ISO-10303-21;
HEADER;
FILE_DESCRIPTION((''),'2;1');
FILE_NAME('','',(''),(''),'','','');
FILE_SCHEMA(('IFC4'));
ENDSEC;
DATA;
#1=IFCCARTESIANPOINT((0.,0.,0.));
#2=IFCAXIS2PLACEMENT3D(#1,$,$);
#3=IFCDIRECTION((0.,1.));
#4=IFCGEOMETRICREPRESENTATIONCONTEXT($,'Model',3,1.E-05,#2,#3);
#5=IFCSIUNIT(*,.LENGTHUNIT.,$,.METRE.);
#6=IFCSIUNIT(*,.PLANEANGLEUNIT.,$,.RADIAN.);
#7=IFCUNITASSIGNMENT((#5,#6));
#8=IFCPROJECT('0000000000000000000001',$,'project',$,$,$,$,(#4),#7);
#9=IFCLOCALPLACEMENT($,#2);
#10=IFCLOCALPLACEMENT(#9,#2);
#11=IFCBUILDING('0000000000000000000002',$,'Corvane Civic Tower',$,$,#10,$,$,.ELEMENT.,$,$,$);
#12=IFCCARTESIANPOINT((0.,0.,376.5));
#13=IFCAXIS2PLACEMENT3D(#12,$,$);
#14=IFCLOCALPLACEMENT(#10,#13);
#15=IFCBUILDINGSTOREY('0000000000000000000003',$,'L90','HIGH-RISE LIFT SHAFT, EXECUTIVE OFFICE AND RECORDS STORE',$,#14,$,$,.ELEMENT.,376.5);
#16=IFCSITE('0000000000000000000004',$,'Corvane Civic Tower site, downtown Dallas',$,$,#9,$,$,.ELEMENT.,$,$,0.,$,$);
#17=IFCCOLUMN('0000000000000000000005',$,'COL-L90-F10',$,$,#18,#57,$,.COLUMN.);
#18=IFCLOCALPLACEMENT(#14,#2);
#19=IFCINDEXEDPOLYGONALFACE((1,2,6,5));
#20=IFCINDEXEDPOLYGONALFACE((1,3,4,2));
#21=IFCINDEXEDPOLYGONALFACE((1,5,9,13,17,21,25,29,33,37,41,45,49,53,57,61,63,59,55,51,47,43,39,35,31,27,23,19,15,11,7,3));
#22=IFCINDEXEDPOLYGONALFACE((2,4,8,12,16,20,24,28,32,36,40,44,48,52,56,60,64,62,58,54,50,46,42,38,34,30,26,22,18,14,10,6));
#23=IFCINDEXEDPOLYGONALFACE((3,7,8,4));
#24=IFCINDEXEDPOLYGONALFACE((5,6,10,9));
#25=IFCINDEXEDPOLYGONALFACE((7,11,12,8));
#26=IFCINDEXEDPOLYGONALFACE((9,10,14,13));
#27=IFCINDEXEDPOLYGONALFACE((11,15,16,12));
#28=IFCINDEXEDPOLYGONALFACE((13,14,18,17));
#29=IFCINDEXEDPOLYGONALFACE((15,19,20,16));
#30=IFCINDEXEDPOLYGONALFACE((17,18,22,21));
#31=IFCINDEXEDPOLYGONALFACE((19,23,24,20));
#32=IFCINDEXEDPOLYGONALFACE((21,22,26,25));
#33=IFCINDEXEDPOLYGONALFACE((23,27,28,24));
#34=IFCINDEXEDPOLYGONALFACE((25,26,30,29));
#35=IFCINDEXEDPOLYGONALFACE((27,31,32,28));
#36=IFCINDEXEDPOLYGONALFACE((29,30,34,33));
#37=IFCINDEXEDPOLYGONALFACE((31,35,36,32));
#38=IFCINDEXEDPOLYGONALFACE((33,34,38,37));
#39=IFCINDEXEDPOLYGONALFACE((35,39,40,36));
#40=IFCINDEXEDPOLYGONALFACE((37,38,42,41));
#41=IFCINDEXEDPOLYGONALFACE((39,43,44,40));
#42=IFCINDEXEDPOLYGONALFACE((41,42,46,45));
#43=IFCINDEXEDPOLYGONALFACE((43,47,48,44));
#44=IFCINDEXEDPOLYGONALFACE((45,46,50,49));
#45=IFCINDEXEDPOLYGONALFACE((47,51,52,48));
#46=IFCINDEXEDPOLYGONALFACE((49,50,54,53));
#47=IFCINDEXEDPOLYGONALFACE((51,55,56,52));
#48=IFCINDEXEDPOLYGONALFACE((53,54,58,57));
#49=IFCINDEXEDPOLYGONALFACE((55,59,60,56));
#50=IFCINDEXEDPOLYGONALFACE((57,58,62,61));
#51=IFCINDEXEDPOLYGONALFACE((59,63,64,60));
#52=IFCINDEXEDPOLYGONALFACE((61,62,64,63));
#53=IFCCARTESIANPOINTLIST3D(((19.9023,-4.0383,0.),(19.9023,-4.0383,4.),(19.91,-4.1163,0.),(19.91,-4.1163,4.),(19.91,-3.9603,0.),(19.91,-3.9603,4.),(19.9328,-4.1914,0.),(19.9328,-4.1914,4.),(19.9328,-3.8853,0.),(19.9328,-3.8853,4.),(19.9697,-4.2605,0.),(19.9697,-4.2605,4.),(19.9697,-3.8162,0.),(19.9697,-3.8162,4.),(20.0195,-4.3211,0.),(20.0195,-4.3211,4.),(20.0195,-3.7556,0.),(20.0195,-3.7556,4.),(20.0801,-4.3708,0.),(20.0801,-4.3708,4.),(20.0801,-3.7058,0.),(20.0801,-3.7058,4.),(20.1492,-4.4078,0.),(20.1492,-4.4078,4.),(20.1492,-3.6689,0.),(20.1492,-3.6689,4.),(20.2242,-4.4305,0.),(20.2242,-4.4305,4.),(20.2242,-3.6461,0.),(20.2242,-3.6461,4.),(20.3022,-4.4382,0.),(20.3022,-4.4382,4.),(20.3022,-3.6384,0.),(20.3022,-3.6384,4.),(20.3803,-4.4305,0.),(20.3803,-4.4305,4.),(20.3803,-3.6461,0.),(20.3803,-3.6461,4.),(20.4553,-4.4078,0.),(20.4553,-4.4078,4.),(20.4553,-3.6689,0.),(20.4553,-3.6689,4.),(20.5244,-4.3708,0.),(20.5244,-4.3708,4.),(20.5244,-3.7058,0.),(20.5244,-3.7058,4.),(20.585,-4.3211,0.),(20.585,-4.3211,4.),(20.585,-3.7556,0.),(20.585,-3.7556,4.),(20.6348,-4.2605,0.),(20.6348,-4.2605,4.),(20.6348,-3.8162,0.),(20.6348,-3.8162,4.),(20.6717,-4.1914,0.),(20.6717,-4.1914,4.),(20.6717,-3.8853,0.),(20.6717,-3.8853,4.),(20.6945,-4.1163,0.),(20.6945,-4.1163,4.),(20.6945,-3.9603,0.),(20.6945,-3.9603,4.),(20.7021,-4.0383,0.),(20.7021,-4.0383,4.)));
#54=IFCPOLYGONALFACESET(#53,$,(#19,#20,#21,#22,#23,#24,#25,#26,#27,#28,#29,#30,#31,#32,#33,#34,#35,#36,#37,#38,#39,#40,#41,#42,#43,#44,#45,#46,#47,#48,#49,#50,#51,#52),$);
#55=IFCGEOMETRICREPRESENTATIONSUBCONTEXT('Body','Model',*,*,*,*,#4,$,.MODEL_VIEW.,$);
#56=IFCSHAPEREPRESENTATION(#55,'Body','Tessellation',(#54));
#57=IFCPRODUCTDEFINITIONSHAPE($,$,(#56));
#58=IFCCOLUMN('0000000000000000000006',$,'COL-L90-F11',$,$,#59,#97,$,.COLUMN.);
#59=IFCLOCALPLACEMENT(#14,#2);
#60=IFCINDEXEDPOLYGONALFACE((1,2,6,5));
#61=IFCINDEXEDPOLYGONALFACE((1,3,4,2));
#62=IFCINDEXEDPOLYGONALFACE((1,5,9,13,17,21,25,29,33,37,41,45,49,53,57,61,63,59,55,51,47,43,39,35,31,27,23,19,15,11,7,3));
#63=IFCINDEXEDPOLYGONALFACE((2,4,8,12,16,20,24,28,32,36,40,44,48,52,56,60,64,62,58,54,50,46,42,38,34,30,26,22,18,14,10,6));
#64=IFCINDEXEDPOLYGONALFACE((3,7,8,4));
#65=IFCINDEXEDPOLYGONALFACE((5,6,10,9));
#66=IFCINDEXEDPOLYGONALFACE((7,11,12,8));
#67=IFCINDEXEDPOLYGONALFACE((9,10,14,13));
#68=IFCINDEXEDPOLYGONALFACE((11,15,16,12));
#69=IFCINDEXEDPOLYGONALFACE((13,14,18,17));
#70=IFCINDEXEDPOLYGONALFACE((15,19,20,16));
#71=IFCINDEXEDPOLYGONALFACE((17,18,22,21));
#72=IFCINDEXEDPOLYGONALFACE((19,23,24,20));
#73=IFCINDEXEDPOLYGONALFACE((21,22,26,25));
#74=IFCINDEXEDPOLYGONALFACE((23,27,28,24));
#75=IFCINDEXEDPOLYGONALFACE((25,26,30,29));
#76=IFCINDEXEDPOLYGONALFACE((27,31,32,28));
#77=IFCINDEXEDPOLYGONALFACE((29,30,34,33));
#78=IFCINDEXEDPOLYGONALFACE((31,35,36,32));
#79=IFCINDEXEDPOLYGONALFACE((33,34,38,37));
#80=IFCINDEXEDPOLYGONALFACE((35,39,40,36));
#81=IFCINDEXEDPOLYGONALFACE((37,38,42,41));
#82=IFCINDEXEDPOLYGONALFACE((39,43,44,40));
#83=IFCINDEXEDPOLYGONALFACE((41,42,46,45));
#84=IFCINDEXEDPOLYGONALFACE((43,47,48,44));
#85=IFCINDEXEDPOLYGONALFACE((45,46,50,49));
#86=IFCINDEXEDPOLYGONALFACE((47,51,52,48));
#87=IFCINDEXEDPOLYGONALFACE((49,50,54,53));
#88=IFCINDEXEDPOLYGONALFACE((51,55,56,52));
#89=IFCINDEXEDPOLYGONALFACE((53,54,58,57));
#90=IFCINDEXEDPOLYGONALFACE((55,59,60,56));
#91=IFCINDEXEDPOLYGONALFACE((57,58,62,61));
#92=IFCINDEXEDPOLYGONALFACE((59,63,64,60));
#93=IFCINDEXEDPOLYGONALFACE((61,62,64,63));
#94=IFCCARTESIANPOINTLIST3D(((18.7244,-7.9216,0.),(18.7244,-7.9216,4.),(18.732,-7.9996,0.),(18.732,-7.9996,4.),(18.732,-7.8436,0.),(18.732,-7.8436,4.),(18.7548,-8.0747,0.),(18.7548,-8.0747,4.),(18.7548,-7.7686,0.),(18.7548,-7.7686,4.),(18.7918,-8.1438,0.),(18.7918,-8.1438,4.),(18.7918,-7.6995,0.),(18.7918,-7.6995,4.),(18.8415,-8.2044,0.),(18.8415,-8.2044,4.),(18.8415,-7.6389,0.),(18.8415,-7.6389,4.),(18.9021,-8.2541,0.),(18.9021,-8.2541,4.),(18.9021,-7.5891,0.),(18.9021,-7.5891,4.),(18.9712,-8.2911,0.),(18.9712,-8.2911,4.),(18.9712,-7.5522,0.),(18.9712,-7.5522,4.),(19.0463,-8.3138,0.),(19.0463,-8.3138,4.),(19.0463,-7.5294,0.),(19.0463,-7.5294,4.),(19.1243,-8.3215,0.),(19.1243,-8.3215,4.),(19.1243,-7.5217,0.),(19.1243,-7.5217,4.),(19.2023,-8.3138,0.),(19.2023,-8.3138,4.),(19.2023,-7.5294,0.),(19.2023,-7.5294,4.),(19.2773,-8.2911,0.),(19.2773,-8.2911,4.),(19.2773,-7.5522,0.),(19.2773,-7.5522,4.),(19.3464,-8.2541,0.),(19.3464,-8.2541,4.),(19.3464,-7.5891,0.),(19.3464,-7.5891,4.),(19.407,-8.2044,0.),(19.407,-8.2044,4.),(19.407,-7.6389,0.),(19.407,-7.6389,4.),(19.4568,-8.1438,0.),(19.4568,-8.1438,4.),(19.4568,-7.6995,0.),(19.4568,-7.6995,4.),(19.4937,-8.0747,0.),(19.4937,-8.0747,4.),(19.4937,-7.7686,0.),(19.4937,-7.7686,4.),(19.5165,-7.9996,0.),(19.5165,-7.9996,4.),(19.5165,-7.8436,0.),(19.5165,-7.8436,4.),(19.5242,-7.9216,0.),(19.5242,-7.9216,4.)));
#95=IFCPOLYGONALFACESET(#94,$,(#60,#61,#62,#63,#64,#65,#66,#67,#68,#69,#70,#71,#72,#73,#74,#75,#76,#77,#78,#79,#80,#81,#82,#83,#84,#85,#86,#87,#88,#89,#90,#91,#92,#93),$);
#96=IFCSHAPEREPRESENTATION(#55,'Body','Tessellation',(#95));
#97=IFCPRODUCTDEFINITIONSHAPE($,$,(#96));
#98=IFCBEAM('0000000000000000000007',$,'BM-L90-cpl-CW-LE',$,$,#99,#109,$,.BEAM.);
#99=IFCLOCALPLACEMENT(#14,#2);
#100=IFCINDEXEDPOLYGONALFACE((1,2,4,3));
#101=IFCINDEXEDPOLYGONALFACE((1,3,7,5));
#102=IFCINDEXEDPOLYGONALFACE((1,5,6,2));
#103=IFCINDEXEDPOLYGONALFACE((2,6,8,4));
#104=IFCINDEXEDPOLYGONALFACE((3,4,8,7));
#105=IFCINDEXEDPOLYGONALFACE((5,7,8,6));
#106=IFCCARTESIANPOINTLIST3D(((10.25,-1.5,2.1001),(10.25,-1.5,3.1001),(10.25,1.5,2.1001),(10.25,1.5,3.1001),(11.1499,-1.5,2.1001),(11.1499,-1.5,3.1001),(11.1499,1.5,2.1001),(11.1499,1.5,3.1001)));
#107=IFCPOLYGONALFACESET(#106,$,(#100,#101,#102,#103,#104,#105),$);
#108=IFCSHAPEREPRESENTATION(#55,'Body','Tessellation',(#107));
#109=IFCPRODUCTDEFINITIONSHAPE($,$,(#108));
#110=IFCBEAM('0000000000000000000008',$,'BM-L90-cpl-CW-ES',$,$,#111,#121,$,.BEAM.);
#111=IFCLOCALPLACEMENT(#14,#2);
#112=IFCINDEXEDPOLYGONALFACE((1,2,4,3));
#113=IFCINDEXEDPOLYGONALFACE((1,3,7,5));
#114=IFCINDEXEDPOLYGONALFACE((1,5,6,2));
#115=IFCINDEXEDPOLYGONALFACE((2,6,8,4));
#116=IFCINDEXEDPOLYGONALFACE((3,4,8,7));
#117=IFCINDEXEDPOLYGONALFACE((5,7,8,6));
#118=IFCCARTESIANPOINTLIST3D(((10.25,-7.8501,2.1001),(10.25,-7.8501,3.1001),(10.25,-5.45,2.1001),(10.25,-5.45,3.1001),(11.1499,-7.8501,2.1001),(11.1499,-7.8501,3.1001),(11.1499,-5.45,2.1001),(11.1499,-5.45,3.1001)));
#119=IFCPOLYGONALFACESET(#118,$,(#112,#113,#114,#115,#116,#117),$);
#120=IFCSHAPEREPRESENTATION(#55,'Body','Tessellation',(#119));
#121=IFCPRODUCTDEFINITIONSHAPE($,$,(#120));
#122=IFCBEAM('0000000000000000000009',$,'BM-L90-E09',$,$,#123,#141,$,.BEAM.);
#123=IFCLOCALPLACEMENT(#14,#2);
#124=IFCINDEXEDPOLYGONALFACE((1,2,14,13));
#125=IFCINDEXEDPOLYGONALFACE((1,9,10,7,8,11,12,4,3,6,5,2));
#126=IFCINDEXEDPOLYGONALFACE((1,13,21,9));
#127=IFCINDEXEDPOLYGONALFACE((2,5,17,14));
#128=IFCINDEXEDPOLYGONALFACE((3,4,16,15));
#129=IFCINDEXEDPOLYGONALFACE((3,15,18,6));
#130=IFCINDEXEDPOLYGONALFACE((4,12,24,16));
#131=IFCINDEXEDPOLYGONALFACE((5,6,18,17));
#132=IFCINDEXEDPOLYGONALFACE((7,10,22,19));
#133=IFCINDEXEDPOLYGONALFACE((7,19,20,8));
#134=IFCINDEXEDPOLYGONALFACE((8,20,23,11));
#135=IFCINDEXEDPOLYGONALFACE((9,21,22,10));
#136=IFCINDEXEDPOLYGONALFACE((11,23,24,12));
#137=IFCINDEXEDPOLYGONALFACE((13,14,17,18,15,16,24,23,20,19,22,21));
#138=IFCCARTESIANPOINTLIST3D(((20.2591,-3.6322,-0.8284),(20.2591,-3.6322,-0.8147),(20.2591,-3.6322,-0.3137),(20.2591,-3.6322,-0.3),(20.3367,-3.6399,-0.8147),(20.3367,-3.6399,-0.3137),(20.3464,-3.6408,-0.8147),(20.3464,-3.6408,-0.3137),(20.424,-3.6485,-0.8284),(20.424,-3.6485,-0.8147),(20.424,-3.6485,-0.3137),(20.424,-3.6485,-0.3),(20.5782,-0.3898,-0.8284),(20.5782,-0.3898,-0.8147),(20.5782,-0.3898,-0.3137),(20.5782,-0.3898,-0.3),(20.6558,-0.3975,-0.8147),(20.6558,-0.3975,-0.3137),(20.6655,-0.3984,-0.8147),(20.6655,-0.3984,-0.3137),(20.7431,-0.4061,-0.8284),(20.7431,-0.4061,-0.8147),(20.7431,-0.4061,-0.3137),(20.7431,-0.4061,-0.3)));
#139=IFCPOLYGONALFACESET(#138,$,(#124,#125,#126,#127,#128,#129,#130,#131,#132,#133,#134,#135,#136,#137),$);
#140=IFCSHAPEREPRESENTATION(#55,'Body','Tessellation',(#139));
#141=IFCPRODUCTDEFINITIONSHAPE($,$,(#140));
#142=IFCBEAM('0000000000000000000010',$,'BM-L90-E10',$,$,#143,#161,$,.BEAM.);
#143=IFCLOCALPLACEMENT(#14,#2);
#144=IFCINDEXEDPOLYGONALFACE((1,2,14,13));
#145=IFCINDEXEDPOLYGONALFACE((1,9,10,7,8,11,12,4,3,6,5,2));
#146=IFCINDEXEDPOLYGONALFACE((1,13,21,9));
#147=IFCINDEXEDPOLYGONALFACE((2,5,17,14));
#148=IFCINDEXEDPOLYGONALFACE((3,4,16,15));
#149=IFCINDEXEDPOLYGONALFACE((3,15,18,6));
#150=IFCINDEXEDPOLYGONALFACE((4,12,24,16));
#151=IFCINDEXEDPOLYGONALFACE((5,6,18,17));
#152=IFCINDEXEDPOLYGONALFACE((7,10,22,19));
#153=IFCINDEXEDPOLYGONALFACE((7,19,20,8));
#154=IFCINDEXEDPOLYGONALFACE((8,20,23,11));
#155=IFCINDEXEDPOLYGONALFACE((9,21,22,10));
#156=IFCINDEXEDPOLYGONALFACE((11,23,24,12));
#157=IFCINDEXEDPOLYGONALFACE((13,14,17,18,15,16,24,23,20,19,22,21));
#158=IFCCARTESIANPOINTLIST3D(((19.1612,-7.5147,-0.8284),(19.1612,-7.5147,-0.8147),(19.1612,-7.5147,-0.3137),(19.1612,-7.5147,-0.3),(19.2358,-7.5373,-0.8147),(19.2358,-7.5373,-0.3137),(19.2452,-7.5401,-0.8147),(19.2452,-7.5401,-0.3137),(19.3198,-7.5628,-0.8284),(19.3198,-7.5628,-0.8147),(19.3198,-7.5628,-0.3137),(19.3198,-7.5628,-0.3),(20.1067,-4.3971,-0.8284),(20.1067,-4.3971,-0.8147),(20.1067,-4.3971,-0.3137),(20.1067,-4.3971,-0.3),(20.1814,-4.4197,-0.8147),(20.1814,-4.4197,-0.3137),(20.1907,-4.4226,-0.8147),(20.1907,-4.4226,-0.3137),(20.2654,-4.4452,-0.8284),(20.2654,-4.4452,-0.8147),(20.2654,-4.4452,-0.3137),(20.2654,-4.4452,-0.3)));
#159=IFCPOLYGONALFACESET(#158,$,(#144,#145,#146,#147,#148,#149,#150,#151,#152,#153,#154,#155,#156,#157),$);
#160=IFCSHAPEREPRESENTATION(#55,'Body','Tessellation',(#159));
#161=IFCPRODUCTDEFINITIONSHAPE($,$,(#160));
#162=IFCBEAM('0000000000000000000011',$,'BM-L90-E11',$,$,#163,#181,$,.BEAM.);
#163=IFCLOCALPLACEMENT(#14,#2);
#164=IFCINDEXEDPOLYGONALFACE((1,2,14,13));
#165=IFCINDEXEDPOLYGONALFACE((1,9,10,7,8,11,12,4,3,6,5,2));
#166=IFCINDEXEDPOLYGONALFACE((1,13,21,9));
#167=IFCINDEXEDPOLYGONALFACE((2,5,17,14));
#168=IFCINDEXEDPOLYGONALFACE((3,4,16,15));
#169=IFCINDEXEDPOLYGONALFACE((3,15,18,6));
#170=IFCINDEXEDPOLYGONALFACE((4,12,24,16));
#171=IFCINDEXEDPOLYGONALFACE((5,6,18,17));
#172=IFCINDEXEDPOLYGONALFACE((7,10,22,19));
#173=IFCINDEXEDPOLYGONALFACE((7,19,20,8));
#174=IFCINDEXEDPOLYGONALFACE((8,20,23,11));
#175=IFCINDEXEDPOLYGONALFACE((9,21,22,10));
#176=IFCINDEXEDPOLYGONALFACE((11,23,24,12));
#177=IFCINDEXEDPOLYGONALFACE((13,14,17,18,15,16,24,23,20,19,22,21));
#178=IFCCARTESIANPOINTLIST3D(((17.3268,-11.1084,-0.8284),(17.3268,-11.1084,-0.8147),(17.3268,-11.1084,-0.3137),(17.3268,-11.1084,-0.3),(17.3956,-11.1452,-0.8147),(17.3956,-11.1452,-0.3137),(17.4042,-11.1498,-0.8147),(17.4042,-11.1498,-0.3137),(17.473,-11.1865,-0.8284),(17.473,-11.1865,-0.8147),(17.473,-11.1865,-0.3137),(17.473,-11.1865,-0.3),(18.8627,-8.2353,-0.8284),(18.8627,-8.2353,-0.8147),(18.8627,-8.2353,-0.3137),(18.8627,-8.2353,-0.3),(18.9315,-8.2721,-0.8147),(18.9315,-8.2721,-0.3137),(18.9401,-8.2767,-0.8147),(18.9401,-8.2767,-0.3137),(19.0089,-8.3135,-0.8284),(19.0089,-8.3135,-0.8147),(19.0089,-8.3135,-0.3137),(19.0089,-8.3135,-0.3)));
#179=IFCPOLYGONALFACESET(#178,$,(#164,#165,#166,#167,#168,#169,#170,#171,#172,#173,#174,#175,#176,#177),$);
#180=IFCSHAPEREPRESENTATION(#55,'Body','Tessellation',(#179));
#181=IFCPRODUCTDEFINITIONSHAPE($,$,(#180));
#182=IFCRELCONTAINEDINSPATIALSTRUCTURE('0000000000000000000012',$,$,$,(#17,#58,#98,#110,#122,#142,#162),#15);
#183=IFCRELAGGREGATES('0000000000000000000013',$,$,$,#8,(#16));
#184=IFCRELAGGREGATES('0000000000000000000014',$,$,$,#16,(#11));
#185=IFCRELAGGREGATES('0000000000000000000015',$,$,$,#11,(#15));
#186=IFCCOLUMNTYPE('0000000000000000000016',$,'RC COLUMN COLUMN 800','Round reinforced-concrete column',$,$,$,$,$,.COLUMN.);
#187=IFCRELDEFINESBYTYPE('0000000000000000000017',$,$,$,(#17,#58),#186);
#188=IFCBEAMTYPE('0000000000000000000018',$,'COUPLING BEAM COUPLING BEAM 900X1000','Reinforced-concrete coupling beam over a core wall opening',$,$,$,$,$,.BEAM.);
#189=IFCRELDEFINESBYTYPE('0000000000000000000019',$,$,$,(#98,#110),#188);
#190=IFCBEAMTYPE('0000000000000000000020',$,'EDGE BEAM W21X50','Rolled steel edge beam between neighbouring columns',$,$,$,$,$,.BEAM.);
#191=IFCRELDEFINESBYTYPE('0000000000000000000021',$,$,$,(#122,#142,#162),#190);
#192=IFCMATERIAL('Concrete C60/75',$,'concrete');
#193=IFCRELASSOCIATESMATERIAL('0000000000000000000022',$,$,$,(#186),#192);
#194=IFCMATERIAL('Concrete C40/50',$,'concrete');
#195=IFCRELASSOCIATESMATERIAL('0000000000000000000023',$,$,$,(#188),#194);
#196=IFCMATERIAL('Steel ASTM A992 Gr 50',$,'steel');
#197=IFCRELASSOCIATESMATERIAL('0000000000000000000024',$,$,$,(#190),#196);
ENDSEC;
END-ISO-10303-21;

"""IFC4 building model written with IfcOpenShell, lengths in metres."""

from ifc_helpers import new_model, si_unit, direction, frame, origin, origin_2d, place, context, subcontext, project, spatial, rectangle, circle, i_section, extrude, material, material_profile, profile_set, type_object, element, save


model = new_model("IFC4")

# Units and contexts
model_context = context("Model", 3, precision=1e-05, world=origin(), true_north=direction((0.0, 1.0)))
body_context = subcontext(model_context, "Body", "Model", "MODEL_VIEW")
ifc_project = project(units=[si_unit("LENGTHUNIT", "METRE"), si_unit("PLANEANGLEUNIT", "RADIAN")], contexts=[model_context])

# Site, building, storey
site_placement = place(None, origin())
site = spatial("IfcSite", under=ifc_project, at=site_placement, Name="Corvane Civic Tower site, downtown Dallas", CompositionType="ELEMENT", RefElevation=0.0)
building_placement = place(site_placement, origin())
building = spatial("IfcBuilding", under=site, at=building_placement, Name="Corvane Civic Tower", CompositionType="ELEMENT")
storey_placement = place(building_placement, frame((0.0, 0.0, 376.5)))
storey = spatial("IfcBuildingStorey", under=building, at=storey_placement, Name="L90", Description="HIGH-RISE LIFT SHAFT, EXECUTIVE OFFICE AND RECORDS STORE", CompositionType="ELEMENT", Elevation=376.5)

# Columns
ifc_material_1 = material(Name="Concrete C60/75", Category="concrete")
ifc_material_profile_1 = material_profile(ifc_material_1, circle(Radius=0.3999, at=origin_2d()), Name="COLUMN 800")
ifc_profile_set_1 = profile_set([ifc_material_profile_1], Name="Concrete C60/75")
column_type = type_object("IfcColumnType", Name="RC COLUMN COLUMN 800", Description="Round reinforced-concrete column", PredefinedType="COLUMN", material=ifc_profile_set_1)
for number, where, z_axis, x_axis, name in (
    (1, (20.3022, -4.0383, 0.0), (0.0, 0.0, 1.0), (1.0, 0.0, 0.0), "COL-L90-F10"),
    (2, (19.1243, -7.9216, 0.0), (0.0, 0.0, 1.0), (1.0, 0.0, 0.0), "COL-L90-F11"),
):
    element("IfcColumn", number, at=place(storey_placement, frame(where, z_axis=z_axis, x_axis=x_axis)), inside=storey, type_object=column_type, Name=name, PredefinedType="COLUMN", context=body_context, shape_type="SweptSolid", body=[
        extrude(circle(Radius=0.3999, at=origin_2d()), origin(), (0.0, 0.0, 1.0), 4.0),
    ])

# Beams
ifc_material_2 = material(Name="Concrete C40/50", Category="concrete")
ifc_material_profile_2 = material_profile(ifc_material_2, rectangle(XDim=0.8999, YDim=1.0, at=origin_2d()), Name="COUPLING BEAM 900X1000")
ifc_profile_set_2 = profile_set([ifc_material_profile_2], Name="Concrete C40/50")
beam_type_1 = type_object("IfcBeamType", Name="COUPLING BEAM COUPLING BEAM 900X1000", Description="Reinforced-concrete coupling beam over a core wall opening", PredefinedType="BEAM", material=ifc_profile_set_2)
beam_1_placement = place(storey_placement, frame((10.7, -1.5, 2.6001), z_axis=(0.0, 1.0, 0.0), x_axis=(-1.0, 0.0, 0.0)))
element("IfcBeam", 3, at=beam_1_placement, inside=storey, type_object=beam_type_1, Name="BM-L90-cpl-CW-LE", PredefinedType="BEAM", context=body_context, shape_type="SweptSolid", body=[
    extrude(rectangle(XDim=0.8999, YDim=1.0, at=origin_2d()), origin(), (0.0, 0.0, 1.0), 3.0),
])
beam_2_placement = place(storey_placement, frame((10.7, -7.8501, 2.6001), z_axis=(0.0, 1.0, 0.0), x_axis=(-1.0, 0.0, 0.0)))
element("IfcBeam", 4, at=beam_2_placement, inside=storey, type_object=beam_type_1, Name="BM-L90-cpl-CW-ES", PredefinedType="BEAM", context=body_context, shape_type="SweptSolid", body=[
    extrude(rectangle(XDim=0.8999, YDim=1.0, at=origin_2d()), origin(), (0.0, 0.0, 1.0), 2.4001),
])
ifc_material_3 = material(Name="Steel ASTM A992 Gr 50", Category="steel")
ifc_material_profile_3 = material_profile(ifc_material_3, i_section(OverallWidth=0.1658, OverallDepth=0.5283, WebThickness=0.0098, FlangeThickness=0.0137, at=origin_2d()), Name="W21X50")
ifc_profile_set_3 = profile_set([ifc_material_profile_3], Name="Steel ASTM A992 Gr 50")
beam_type_2 = type_object("IfcBeamType", Name="EDGE BEAM W21X50", Description="Rolled steel edge beam between neighbouring columns", PredefinedType="BEAM", material=ifc_profile_set_3)
beam_3_placement = place(storey_placement, frame((20.6606, -0.3979, -0.5642), z_axis=(-0.097938, -0.995193, 0.0), x_axis=(0.995193, -0.097938, 0.0)))
element("IfcBeam", 5, at=beam_3_placement, inside=storey, type_object=beam_type_2, Name="BM-L90-E09", PredefinedType="BEAM", context=body_context, shape_type="SweptSolid", body=[
    extrude(i_section(OverallWidth=0.1658, OverallDepth=0.5283, WebThickness=0.0098, FlangeThickness=0.0137, at=origin_2d()), origin(), (0.0, 0.0, 1.0), 3.2581),
])
for number, where, z_axis, x_axis, name in (
    (6, (20.186, -4.4211, -0.5642), (-0.290234, -0.956956, 0.0), (0.956956, -0.290234, 0.0), "BM-L90-E10"),
    (7, (18.9358, -8.2744, -0.5642), (-0.471448, -0.881894, 0.0), (0.881894, -0.471448, 0.0), "BM-L90-E11"),
):
    element("IfcBeam", number, at=place(storey_placement, frame(where, z_axis=z_axis, x_axis=x_axis)), inside=storey, type_object=beam_type_2, Name=name, PredefinedType="BEAM", context=body_context, shape_type="SweptSolid", body=[
        extrude(i_section(OverallWidth=0.1658, OverallDepth=0.5283, WebThickness=0.0098, FlangeThickness=0.0137, at=origin_2d()), origin(), (0.0, 0.0, 1.0), 3.2578),
    ])

save(model, "model.ifc")
